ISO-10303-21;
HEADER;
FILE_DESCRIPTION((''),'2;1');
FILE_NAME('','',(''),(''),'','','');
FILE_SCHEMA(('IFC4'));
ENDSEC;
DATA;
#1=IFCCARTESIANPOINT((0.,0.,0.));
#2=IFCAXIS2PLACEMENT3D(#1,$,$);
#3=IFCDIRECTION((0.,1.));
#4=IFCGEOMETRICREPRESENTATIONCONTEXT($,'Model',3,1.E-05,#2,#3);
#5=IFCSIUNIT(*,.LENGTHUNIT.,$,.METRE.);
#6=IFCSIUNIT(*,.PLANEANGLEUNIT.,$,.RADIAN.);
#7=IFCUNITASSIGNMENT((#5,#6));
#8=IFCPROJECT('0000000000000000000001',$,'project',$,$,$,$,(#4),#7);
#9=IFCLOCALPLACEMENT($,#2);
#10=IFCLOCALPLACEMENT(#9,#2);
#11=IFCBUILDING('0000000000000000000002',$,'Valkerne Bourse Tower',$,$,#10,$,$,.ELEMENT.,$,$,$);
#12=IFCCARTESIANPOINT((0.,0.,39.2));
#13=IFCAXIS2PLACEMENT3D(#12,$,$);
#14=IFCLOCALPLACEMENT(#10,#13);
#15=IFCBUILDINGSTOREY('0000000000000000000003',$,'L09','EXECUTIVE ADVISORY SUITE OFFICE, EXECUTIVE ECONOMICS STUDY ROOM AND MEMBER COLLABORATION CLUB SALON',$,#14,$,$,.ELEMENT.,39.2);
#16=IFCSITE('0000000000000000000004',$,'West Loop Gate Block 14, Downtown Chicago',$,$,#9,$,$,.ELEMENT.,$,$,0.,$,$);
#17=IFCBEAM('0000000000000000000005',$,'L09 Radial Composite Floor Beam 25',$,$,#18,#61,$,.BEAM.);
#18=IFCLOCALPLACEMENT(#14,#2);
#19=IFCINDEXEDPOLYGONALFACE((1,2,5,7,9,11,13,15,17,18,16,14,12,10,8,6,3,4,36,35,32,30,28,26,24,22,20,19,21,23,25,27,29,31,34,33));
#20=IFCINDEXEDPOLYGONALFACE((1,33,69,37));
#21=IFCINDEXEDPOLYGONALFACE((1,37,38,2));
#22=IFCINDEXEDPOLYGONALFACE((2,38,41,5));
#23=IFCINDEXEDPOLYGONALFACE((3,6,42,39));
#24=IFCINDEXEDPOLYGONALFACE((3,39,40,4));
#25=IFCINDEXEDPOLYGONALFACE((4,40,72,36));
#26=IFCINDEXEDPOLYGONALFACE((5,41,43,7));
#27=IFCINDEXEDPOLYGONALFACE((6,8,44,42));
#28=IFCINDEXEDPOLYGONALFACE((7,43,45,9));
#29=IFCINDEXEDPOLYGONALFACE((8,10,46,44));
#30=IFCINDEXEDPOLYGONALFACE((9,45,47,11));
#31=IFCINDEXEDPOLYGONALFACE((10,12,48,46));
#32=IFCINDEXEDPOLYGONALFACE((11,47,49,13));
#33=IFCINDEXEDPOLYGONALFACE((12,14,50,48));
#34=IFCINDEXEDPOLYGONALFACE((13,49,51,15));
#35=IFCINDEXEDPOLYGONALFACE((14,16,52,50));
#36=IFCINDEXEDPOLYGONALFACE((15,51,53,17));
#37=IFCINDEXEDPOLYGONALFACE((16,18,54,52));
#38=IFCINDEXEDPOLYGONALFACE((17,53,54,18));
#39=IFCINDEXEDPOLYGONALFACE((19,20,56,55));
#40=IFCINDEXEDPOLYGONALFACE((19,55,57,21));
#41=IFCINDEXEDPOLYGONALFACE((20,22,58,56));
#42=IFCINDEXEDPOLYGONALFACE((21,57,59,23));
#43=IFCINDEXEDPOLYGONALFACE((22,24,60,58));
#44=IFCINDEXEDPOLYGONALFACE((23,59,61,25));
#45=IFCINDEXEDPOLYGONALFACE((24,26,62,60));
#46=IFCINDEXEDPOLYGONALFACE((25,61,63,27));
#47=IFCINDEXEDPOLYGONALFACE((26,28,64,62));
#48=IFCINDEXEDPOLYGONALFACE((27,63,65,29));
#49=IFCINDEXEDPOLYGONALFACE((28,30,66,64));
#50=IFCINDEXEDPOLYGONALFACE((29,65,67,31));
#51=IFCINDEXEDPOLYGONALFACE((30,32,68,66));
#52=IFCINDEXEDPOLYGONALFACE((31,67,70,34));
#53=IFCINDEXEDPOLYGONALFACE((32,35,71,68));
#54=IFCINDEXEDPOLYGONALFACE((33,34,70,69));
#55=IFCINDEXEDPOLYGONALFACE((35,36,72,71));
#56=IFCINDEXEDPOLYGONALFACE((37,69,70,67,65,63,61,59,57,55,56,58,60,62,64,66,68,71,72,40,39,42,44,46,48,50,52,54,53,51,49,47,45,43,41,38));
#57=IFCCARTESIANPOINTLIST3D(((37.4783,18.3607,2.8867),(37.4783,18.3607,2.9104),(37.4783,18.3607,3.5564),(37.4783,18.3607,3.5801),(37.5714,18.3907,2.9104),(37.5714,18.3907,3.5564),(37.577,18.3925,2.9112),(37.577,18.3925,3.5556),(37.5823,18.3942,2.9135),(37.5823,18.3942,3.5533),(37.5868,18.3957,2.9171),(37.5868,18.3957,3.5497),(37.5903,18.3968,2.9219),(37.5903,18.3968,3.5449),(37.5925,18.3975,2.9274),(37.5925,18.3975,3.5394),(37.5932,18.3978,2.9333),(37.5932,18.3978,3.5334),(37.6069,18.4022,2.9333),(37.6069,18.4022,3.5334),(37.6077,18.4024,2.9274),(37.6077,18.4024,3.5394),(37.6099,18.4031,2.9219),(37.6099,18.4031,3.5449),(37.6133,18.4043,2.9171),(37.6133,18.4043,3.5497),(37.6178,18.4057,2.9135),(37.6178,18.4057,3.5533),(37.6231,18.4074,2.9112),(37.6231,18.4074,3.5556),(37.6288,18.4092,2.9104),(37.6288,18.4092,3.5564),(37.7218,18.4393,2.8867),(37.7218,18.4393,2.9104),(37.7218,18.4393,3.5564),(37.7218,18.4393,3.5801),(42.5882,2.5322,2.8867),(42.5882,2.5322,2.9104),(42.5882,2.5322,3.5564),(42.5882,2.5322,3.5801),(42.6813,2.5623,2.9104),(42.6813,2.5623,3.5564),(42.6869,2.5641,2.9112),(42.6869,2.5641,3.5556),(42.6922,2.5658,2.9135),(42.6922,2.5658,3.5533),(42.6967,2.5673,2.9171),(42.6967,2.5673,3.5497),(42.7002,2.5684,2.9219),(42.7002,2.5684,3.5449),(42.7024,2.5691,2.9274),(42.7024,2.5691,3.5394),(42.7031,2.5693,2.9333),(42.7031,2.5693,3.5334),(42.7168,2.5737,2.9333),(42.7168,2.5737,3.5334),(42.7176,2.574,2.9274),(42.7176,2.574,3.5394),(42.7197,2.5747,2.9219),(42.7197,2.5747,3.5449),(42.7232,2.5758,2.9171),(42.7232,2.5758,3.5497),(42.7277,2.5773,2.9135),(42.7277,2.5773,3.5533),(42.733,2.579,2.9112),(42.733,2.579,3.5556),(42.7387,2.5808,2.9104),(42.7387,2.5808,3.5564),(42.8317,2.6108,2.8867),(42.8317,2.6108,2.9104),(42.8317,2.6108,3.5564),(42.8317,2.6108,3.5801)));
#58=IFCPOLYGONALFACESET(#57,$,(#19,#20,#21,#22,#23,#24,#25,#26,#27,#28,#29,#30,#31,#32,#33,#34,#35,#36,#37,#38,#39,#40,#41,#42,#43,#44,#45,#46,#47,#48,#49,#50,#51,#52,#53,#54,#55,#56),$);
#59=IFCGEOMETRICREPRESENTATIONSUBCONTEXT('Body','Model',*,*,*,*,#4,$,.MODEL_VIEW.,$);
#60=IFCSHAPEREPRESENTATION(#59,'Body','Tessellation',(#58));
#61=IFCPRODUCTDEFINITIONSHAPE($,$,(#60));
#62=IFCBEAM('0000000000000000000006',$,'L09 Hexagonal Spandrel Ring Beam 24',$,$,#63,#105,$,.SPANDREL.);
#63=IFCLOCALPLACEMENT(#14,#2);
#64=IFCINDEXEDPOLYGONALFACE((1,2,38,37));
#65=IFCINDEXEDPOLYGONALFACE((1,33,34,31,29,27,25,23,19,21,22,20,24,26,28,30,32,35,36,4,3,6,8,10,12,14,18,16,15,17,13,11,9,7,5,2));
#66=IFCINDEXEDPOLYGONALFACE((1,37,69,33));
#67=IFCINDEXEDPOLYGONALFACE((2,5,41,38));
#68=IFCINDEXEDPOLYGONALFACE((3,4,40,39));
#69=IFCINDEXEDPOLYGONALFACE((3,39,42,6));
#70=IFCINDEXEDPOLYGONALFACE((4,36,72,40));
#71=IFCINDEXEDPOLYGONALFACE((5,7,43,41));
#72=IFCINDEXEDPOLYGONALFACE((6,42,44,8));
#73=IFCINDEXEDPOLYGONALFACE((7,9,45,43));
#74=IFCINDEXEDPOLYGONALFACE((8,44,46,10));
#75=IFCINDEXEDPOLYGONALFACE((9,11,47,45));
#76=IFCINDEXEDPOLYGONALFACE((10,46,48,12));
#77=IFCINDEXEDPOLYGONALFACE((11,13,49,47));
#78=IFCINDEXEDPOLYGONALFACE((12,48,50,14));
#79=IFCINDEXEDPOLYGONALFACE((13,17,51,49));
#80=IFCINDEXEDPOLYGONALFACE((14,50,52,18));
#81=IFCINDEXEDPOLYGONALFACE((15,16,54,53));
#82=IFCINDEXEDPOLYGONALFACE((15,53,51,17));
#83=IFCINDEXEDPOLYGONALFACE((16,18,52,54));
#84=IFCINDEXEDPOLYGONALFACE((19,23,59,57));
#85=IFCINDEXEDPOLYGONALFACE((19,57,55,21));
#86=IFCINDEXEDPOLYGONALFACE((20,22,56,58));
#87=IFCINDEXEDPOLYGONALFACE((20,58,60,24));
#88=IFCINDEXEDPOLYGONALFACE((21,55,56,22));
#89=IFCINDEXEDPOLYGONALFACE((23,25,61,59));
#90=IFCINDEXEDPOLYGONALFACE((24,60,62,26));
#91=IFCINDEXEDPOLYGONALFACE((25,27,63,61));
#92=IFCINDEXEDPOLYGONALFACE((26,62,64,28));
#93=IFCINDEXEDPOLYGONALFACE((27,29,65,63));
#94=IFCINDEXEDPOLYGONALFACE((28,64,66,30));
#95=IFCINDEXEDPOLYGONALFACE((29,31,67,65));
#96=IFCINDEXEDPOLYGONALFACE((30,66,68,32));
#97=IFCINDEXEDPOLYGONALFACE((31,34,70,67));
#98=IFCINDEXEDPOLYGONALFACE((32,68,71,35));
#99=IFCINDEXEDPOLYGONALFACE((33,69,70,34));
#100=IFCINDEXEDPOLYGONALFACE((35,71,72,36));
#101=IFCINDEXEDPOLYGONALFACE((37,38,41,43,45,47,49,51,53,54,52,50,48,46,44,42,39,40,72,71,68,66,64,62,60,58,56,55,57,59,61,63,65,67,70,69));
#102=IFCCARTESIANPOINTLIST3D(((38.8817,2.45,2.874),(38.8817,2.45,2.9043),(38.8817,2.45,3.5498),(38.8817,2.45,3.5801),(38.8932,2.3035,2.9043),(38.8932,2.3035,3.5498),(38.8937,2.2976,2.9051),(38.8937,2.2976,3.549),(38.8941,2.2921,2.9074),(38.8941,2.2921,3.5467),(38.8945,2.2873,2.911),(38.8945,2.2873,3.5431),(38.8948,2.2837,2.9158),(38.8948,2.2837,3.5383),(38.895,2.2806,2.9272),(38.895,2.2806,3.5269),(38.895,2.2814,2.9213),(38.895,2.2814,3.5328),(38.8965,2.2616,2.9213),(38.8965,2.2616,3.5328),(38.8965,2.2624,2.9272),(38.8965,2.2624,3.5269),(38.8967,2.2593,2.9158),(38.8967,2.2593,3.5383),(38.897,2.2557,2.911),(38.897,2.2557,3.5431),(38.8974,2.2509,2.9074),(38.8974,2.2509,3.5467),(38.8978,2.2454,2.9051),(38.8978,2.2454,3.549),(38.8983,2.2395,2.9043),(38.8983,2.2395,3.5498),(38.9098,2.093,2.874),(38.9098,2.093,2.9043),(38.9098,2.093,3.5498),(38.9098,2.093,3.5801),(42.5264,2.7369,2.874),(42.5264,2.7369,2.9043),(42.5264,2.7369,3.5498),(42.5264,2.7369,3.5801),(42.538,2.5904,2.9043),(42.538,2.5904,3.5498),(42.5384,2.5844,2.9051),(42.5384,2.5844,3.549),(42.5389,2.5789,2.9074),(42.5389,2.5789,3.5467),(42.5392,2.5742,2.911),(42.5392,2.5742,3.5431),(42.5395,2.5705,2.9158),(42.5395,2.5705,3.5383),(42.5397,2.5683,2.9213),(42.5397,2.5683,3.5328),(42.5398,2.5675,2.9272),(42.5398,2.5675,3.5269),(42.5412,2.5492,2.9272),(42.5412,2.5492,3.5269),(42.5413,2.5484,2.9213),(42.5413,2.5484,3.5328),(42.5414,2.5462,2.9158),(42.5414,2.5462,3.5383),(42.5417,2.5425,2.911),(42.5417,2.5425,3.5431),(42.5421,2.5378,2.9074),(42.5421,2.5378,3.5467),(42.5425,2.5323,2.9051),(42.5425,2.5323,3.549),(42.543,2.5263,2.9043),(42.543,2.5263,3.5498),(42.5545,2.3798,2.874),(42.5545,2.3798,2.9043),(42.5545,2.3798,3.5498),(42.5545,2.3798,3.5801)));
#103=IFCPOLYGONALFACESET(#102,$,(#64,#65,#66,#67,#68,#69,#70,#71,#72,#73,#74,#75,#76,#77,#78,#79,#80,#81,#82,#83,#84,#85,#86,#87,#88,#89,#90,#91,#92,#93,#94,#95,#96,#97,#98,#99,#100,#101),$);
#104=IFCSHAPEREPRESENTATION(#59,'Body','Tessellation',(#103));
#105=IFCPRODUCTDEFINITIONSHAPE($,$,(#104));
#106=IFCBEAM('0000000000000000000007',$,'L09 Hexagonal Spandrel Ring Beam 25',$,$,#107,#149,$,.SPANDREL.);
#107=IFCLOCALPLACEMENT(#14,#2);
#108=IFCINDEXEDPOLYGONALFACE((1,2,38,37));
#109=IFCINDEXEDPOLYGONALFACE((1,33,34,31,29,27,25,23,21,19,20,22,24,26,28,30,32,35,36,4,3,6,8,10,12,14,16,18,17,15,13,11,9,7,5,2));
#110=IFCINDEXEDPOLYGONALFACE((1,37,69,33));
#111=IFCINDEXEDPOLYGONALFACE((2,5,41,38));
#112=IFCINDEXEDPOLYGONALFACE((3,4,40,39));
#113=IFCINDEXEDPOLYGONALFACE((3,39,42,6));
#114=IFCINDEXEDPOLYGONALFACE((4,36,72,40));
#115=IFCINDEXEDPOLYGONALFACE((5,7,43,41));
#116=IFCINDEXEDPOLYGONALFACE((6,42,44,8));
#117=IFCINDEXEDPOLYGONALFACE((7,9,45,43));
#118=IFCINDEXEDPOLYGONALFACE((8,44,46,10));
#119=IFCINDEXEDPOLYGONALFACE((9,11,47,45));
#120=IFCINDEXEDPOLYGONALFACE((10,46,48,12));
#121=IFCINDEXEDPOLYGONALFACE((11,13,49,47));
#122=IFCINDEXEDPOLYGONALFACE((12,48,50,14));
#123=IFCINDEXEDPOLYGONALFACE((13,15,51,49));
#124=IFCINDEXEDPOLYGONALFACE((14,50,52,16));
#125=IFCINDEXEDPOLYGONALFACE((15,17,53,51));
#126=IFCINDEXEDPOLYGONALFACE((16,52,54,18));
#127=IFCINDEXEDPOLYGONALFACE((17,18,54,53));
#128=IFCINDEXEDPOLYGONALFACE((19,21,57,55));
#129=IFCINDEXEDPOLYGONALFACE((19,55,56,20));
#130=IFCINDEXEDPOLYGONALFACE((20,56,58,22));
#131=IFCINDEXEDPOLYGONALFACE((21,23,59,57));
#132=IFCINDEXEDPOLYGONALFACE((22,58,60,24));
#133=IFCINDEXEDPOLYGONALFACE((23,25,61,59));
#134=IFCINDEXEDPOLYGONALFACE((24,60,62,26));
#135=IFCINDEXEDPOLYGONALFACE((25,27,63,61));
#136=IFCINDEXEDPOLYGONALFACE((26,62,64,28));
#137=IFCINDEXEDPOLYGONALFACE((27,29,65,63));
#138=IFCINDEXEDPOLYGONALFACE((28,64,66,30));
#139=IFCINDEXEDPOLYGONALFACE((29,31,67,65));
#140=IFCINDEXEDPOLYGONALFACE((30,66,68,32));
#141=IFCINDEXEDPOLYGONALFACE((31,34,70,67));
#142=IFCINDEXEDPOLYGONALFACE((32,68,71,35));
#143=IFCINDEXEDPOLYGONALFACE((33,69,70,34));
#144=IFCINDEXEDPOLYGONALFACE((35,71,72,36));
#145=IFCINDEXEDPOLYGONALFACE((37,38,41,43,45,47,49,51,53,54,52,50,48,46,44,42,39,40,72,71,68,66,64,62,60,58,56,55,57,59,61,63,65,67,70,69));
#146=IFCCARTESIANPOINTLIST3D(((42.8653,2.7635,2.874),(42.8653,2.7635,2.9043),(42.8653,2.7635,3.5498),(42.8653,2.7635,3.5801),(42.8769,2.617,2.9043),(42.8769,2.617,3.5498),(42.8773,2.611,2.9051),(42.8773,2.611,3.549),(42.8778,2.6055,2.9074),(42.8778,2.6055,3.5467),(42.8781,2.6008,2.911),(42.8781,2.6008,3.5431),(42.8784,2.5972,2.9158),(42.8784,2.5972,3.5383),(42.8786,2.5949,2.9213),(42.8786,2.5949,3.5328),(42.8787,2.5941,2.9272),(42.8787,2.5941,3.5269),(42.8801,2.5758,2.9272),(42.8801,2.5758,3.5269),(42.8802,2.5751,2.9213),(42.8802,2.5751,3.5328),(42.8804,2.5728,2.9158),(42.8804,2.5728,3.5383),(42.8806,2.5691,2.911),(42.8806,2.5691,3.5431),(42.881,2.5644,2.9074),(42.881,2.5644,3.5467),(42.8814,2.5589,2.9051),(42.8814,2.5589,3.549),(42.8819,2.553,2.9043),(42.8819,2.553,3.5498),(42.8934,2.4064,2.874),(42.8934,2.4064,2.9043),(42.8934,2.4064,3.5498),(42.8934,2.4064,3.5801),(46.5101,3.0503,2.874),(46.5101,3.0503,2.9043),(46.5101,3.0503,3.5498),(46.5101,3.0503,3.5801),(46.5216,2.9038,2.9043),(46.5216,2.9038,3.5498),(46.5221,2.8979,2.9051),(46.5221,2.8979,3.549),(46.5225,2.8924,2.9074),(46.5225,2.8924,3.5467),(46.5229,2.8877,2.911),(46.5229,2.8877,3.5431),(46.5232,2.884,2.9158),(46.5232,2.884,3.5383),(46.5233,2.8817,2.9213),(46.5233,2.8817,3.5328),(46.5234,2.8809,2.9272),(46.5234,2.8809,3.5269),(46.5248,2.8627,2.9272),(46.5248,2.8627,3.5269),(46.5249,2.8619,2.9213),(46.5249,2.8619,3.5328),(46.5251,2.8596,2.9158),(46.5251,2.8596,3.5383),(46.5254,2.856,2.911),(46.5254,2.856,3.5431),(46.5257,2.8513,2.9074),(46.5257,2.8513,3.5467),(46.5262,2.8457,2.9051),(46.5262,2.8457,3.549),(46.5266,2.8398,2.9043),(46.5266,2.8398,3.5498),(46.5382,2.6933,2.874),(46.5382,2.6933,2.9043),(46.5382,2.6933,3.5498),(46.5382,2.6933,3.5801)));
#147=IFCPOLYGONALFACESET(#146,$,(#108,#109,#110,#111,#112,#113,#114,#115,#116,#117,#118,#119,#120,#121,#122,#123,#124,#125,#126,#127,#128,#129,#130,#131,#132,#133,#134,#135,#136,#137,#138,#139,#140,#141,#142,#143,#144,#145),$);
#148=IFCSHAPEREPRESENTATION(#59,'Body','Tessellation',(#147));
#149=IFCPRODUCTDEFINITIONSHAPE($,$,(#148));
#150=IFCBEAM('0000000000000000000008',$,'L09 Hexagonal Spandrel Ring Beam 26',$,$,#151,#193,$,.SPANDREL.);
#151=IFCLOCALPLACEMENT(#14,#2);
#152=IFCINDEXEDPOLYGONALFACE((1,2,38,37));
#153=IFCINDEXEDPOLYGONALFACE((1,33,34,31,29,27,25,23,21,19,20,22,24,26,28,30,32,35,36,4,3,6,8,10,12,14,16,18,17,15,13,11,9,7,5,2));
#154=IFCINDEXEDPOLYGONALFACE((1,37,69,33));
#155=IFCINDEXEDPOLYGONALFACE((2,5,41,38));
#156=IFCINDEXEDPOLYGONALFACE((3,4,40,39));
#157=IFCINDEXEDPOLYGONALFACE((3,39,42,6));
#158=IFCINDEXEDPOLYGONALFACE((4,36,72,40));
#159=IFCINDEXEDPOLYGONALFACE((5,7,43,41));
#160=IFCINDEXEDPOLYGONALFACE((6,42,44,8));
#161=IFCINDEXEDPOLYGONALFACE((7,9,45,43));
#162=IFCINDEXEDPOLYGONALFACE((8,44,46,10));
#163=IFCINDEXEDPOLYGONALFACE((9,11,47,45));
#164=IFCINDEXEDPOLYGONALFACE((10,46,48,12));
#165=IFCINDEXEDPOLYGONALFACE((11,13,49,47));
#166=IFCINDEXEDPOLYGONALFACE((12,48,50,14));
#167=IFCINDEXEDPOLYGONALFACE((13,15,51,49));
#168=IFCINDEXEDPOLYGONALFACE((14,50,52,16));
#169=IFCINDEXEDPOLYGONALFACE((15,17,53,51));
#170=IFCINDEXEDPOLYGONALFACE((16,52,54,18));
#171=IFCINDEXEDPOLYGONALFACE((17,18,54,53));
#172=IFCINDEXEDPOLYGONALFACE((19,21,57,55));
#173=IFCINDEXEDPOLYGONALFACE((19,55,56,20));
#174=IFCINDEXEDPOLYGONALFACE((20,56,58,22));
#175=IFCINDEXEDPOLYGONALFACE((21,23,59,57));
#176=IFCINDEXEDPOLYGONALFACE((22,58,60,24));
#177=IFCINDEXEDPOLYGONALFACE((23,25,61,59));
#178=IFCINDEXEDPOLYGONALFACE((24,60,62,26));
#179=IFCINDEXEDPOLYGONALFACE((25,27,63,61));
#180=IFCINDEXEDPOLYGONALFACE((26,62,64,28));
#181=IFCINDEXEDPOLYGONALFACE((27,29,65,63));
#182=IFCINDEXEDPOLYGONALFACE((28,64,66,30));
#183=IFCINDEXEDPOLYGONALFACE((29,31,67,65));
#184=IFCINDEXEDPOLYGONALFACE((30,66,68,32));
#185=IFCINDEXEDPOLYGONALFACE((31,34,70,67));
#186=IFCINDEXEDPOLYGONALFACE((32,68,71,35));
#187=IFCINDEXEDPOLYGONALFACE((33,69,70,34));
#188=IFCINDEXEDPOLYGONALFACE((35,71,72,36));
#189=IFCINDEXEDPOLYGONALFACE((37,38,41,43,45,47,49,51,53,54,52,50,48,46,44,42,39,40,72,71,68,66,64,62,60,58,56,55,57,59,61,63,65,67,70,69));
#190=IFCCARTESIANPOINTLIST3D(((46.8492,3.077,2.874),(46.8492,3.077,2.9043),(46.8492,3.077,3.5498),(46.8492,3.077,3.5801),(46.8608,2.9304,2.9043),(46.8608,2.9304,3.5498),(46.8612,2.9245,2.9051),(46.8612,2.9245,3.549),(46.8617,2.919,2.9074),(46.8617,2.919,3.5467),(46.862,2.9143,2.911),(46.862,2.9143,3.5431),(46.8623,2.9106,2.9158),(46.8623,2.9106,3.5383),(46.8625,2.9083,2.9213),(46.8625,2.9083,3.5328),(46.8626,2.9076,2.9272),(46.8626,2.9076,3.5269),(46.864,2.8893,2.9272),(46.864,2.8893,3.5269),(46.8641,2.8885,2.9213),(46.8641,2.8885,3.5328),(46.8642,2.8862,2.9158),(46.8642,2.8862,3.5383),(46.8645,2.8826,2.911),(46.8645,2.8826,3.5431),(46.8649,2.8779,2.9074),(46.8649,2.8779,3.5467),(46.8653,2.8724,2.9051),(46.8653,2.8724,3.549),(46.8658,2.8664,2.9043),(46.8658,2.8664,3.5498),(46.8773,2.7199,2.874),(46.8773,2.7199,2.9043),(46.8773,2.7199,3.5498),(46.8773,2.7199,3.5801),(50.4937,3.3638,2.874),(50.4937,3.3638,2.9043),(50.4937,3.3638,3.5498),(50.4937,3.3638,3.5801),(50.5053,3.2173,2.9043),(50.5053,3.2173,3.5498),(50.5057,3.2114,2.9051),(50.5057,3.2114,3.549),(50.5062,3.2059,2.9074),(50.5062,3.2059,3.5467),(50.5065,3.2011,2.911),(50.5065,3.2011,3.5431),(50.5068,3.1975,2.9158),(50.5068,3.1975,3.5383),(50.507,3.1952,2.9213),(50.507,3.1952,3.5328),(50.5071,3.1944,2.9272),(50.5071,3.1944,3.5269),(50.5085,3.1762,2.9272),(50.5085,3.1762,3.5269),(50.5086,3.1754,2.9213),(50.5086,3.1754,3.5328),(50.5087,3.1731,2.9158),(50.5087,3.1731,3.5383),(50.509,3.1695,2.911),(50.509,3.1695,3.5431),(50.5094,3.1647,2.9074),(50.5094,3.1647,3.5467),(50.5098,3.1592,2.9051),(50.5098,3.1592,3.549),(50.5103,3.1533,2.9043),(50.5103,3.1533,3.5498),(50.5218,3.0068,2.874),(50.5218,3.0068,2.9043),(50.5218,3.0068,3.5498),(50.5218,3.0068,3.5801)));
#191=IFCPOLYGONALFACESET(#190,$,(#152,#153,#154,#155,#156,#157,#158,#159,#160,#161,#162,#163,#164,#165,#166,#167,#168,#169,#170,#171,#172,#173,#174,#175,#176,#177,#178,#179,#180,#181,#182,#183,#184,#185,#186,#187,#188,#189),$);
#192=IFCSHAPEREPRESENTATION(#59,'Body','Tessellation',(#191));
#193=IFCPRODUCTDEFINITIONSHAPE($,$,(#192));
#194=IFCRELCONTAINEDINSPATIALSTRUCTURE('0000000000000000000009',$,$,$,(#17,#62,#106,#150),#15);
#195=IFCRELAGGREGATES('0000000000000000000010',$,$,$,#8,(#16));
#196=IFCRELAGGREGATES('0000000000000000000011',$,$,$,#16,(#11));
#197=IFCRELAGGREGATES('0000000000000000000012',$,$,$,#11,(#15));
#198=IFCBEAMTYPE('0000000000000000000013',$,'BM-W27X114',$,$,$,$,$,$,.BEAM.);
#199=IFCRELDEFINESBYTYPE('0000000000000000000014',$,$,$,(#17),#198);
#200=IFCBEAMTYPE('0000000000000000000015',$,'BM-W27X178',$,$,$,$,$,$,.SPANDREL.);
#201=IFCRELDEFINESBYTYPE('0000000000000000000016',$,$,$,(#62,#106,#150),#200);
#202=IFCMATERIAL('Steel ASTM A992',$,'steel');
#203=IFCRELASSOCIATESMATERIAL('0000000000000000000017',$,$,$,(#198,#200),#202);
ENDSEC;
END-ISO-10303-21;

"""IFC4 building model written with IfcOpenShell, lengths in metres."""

from ifc_helpers import new_model, si_unit, direction, frame, origin, origin_2d, place, context, subcontext, project, spatial, i_section, extrude, material, material_profile, profile_set, type_object, element, save


model = new_model("IFC4")

# Units and contexts
model_context = context("Model", 3, precision=1e-05, world=origin(), true_north=direction((0.0, 1.0)))
body_context = subcontext(model_context, "Body", "Model", "MODEL_VIEW")
ifc_project = project(units=[si_unit("LENGTHUNIT", "METRE"), si_unit("PLANEANGLEUNIT", "RADIAN")], contexts=[model_context])

# Site, building, storey
site_placement = place(None, origin())
site = spatial("IfcSite", under=ifc_project, at=site_placement, Name="West Loop Gate Block 14, Downtown Chicago", CompositionType="ELEMENT", RefElevation=0.0)
building_placement = place(site_placement, origin())
building = spatial("IfcBuilding", under=site, at=building_placement, Name="Valkerne Bourse Tower", CompositionType="ELEMENT")
storey_placement = place(building_placement, frame((0.0, 0.0, 39.2)))
storey = spatial("IfcBuildingStorey", under=building, at=storey_placement, Name="L09", Description="EXECUTIVE ADVISORY SUITE OFFICE, EXECUTIVE ECONOMICS STUDY ROOM AND MEMBER COLLABORATION CLUB SALON", CompositionType="ELEMENT", Elevation=39.2)

# Beams
ifc_material_1 = material(Name="Steel ASTM A992", Category="steel")
ifc_material_profile_1 = material_profile(ifc_material_1, i_section(OverallWidth=0.2559, OverallDepth=0.6934, WebThickness=0.0144, FlangeThickness=0.0237, FilletRadius=0.0229, at=origin_2d()), Name="W27X114")
ifc_profile_set_1 = profile_set([ifc_material_profile_1], Name="Steel ASTM A992")
beam_type_1 = type_object("IfcBeamType", Name="BM-W27X114", PredefinedType="BEAM", material=ifc_profile_set_1)
beam_1_placement = place(storey_placement, frame((42.71, 2.5715, 3.2334), z_axis=(-0.307217, 0.951639, 0.0), x_axis=(-0.951639, -0.307217, 0.0)))
element("IfcBeam", 1, at=beam_1_placement, inside=storey, type_object=beam_type_1, Name="L09 Radial Composite Floor Beam 25", PredefinedType="BEAM", context=body_context, shape_type="SweptSolid", body=[
    extrude(i_section(OverallWidth=0.2559, OverallDepth=0.6934, WebThickness=0.0144, FlangeThickness=0.0237, FilletRadius=0.0229, at=origin_2d()), origin(), (0.0, 0.0, 1.0), 16.6328),
])
ifc_material_profile_2 = material_profile(ifc_material_1, i_section(OverallWidth=0.3582, OverallDepth=0.7061, WebThickness=0.0183, FlangeThickness=0.0303, FilletRadius=0.0229, at=origin_2d()), Name="W27X178")
ifc_profile_set_2 = profile_set([ifc_material_profile_2], Name="Steel ASTM A992")
beam_type_2 = type_object("IfcBeamType", Name="BM-W27X178", PredefinedType="SPANDREL", material=ifc_profile_set_2)
for number, where, z_axis, x_axis, name in (
    (2, (38.8958, 2.2715, 3.2271), (0.996917, 0.078463, 0.0), (-0.078463, 0.996917, 0.0), "L09 Hexagonal Spandrel Ring Beam 24"),
    (3, (42.8794, 2.585, 3.2271), (0.996917, 0.078463, 0.0), (-0.078463, 0.996917, 0.0), "L09 Hexagonal Spandrel Ring Beam 25"),
):
    element("IfcBeam", number, at=place(storey_placement, frame(where, z_axis=z_axis, x_axis=x_axis)), inside=storey, type_object=beam_type_2, Name=name, PredefinedType="SPANDREL", context=body_context, shape_type="SweptSolid", body=[
        extrude(i_section(OverallWidth=0.3582, OverallDepth=0.7061, WebThickness=0.0183, FlangeThickness=0.0303, FilletRadius=0.0229, at=origin_2d()), origin(), (0.0, 0.0, 1.0), 3.656),
    ])
beam_2_placement = place(storey_placement, frame((46.8633, 2.8984, 3.2271), z_axis=(0.996917, 0.078468, 0.0), x_axis=(-0.078468, 0.996917, 0.0)))
element("IfcBeam", 4, at=beam_2_placement, inside=storey, type_object=beam_type_2, Name="L09 Hexagonal Spandrel Ring Beam 26", PredefinedType="SPANDREL", context=body_context, shape_type="SweptSolid", body=[
    extrude(i_section(OverallWidth=0.3582, OverallDepth=0.7061, WebThickness=0.0183, FlangeThickness=0.0303, FilletRadius=0.0229, at=origin_2d()), origin(), (0.0, 0.0, 1.0), 3.6558),
])

save(model, "model.ifc")
